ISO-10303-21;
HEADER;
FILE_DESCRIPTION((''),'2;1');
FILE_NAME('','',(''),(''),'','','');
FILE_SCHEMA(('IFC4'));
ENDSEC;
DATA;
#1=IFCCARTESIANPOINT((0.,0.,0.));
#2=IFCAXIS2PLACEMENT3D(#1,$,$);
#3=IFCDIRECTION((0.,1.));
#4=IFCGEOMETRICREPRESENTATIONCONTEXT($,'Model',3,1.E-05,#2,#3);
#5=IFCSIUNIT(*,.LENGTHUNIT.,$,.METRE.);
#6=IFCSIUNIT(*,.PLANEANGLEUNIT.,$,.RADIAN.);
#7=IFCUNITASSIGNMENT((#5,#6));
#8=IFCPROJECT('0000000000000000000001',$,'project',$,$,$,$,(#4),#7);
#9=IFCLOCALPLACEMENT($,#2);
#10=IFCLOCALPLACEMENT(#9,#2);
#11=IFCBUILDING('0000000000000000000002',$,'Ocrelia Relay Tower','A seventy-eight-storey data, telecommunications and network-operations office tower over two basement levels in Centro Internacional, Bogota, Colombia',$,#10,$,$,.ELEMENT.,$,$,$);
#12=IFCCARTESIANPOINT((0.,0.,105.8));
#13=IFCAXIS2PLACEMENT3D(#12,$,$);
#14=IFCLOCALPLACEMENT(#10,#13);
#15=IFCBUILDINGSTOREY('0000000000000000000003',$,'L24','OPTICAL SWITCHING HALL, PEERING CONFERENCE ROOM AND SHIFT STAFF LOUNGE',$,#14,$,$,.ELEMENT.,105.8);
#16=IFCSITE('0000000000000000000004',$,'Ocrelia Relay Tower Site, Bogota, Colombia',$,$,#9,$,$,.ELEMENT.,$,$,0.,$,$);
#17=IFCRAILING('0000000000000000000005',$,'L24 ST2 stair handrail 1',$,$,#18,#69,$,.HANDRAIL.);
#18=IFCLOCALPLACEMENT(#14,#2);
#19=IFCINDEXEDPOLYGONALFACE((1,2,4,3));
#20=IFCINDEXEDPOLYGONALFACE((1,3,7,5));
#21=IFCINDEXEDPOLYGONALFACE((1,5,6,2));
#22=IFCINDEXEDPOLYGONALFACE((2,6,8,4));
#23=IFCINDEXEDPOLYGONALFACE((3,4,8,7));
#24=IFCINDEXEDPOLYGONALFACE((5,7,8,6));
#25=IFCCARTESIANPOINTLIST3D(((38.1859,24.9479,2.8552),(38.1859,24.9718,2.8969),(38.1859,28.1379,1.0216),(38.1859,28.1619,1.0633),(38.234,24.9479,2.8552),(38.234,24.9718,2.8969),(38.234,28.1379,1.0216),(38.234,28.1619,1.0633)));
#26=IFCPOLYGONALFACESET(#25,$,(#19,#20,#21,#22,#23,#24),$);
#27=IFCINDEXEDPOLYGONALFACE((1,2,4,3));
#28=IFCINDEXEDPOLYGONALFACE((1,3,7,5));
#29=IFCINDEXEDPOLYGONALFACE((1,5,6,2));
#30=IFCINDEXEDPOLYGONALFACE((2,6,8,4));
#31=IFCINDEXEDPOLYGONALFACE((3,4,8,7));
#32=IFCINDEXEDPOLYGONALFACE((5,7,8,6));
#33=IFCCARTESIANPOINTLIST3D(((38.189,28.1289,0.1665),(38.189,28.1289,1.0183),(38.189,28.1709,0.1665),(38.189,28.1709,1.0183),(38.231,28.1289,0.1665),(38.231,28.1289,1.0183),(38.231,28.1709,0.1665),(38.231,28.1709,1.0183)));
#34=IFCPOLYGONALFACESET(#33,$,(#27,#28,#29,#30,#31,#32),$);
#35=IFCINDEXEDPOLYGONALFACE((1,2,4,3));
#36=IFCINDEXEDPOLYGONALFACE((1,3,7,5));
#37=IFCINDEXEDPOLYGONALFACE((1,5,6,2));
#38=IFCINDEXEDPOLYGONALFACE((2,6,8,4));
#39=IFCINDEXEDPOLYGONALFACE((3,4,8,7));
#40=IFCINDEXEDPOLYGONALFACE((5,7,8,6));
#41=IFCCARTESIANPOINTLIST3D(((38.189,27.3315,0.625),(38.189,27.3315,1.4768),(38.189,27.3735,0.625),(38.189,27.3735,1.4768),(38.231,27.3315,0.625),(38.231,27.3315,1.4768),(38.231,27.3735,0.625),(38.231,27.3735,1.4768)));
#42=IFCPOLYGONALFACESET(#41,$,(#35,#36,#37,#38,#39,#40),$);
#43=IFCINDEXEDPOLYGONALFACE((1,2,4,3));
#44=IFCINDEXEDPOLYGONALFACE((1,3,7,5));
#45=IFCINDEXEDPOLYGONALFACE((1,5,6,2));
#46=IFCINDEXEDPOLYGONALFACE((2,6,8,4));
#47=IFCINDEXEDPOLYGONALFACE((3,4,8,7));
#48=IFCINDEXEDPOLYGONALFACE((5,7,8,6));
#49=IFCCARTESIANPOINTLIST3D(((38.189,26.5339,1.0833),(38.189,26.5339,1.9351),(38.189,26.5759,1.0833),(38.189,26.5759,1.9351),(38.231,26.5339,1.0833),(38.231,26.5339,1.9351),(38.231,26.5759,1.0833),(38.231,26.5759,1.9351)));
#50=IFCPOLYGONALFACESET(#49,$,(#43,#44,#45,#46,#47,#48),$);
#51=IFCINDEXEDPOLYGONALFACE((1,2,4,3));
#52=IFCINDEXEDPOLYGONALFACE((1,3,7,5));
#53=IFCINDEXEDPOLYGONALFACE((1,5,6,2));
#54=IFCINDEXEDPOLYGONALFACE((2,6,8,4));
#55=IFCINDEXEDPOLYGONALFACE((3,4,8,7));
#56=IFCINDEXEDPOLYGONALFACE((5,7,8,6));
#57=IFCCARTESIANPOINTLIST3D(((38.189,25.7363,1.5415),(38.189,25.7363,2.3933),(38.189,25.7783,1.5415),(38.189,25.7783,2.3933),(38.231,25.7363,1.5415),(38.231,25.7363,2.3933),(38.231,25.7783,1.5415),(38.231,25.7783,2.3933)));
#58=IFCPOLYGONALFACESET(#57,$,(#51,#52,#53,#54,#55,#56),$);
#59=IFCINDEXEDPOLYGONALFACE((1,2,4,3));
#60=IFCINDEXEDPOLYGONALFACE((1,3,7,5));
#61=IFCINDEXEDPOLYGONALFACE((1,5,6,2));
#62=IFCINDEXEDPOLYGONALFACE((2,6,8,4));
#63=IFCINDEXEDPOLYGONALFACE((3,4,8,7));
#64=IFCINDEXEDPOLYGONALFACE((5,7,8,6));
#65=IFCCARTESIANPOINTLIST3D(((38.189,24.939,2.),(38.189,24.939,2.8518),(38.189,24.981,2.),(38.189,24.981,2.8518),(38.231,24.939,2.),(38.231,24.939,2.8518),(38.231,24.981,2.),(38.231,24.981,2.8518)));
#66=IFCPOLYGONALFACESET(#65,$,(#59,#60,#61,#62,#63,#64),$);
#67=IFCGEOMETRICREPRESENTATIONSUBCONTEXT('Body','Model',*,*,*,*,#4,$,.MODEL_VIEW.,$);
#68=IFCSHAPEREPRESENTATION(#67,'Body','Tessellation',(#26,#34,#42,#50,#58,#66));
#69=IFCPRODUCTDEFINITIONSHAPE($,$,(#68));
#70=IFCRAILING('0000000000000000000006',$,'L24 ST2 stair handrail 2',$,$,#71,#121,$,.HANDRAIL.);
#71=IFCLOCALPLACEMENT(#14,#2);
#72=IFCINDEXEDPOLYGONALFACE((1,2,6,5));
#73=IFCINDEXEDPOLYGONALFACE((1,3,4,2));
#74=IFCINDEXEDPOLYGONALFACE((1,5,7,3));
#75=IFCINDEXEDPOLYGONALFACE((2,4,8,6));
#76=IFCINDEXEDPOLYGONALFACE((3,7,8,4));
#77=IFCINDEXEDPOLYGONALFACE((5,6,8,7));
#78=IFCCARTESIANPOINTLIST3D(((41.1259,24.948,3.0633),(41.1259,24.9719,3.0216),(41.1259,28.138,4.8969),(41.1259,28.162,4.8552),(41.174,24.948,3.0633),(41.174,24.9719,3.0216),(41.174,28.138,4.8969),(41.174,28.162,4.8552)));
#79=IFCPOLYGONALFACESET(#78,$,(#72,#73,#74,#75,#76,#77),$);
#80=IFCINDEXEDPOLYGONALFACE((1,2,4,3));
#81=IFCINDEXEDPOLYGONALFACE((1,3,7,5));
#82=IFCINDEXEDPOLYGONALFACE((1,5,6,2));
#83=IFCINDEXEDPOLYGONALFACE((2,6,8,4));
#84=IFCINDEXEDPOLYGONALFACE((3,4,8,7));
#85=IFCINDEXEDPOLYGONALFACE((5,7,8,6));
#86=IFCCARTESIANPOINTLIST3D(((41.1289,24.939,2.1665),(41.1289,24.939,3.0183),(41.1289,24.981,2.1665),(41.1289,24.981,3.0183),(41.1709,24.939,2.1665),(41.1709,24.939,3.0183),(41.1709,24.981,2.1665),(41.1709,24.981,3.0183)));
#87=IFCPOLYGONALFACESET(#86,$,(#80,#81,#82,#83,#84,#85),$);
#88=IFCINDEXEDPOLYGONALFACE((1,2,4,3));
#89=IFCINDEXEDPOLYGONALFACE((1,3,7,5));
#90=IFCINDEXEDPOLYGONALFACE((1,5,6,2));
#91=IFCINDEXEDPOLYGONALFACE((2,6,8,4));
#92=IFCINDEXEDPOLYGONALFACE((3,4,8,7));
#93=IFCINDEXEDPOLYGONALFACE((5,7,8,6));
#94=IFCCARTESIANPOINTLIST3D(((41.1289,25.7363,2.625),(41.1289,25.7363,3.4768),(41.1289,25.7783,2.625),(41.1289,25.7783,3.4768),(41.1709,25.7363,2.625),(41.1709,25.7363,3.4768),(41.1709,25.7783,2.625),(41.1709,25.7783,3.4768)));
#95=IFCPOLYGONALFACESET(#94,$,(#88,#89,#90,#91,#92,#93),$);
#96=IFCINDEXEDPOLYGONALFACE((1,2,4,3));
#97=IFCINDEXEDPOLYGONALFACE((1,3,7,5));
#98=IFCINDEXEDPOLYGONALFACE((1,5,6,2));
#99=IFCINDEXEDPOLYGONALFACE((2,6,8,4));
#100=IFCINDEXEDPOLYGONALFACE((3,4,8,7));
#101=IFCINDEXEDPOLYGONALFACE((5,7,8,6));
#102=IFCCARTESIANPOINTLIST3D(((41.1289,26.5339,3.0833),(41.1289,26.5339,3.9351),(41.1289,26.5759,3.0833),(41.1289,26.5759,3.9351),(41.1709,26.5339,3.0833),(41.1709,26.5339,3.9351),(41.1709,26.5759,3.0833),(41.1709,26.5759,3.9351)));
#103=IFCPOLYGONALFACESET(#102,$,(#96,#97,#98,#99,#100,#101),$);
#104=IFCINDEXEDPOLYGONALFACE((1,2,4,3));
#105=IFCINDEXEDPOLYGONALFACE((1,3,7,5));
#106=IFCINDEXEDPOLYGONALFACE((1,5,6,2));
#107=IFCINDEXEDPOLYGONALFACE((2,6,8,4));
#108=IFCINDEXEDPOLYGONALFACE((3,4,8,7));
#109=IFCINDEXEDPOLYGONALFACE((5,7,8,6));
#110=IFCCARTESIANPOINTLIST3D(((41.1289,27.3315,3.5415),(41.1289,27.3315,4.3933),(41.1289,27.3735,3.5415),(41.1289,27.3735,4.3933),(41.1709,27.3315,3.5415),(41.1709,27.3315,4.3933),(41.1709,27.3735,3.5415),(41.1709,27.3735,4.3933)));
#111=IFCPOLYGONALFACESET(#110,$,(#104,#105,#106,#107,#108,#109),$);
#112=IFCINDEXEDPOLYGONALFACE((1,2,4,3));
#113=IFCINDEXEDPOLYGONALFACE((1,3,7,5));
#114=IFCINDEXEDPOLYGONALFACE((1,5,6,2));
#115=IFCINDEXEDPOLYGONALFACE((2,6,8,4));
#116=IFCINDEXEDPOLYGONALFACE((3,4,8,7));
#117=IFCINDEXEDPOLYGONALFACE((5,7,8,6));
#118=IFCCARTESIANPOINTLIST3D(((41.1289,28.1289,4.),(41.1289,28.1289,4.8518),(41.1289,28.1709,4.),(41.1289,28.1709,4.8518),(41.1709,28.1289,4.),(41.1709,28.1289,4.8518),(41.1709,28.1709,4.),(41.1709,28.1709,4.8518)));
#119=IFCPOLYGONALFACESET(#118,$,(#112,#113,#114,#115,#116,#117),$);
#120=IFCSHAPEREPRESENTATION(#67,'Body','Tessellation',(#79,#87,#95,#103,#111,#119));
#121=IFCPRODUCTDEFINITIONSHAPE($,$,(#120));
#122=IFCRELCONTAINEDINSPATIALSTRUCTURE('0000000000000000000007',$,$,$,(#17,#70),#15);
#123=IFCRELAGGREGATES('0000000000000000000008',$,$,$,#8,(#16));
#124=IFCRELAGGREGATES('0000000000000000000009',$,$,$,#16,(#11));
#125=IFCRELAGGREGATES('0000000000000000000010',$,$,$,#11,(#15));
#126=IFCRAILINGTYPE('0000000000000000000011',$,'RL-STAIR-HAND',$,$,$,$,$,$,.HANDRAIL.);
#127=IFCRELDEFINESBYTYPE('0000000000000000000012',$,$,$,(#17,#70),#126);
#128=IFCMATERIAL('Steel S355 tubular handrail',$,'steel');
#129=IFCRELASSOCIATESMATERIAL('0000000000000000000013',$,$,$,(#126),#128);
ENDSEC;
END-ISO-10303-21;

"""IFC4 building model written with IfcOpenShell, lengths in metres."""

from ifc_helpers import new_model, si_unit, direction, frame, origin, origin_2d, place, context, subcontext, project, spatial, rectangle, extrude, material, type_object, element, save


model = new_model("IFC4")

# Units and contexts
model_context = context("Model", 3, precision=1e-05, world=origin(), true_north=direction((0.0, 1.0)))
body_context = subcontext(model_context, "Body", "Model", "MODEL_VIEW")
ifc_project = project(units=[si_unit("LENGTHUNIT", "METRE"), si_unit("PLANEANGLEUNIT", "RADIAN")], contexts=[model_context])

# Site, building, storey
site_placement = place(None, origin())
site = spatial("IfcSite", under=ifc_project, at=site_placement, Name="Ocrelia Relay Tower Site, Bogota, Colombia", CompositionType="ELEMENT", RefElevation=0.0)
building_placement = place(site_placement, origin())
building = spatial("IfcBuilding", under=site, at=building_placement, Name="Ocrelia Relay Tower", Description="A seventy-eight-storey data, telecommunications and network-operations office tower over two basement levels in Centro Internacional, Bogota, Colombia", CompositionType="ELEMENT")
storey_placement = place(building_placement, frame((0.0, 0.0, 105.8)))
storey = spatial("IfcBuildingStorey", under=building, at=storey_placement, Name="L24", Description="OPTICAL SWITCHING HALL, PEERING CONFERENCE ROOM AND SHIFT STAFF LOUNGE", CompositionType="ELEMENT", Elevation=105.8)

# Railings
ifc_material_1 = material(Name="Steel S355 tubular handrail", Category="steel")
railing_type_1 = type_object("IfcRailingType", Name="RL-STAIR-HAND", PredefinedType="HANDRAIL", material=ifc_material_1)
railing_1_placement = place(storey_placement, frame((38.21, 28.1499, 0.1665)))
element("IfcRailing", 1, at=railing_1_placement, inside=storey, type_object=railing_type_1, Name="L24 ST2 stair handrail 1", PredefinedType="HANDRAIL", context=body_context, shape_type="SweptSolid", body=[
    extrude(rectangle(XDim=0.0481, YDim=0.0481, at=origin_2d()), frame((0.0, 0.0, 0.876), z_axis=(0.0, -0.866991, 0.498324), x_axis=(1.0, 0.0, 0.0)), (0.0, 0.0, 1.0), 3.6794),
    extrude(rectangle(XDim=0.042, YDim=0.042, at=origin_2d()), origin(), (0.0, 0.0, 1.0), 0.8518),
    extrude(rectangle(XDim=0.042, YDim=0.042, at=origin_2d()), frame((0.0, -0.7974, 0.4585)), (0.0, 0.0, 1.0), 0.8518),
    extrude(rectangle(XDim=0.042, YDim=0.042, at=origin_2d()), frame((0.0, -1.595, 0.9167)), (0.0, 0.0, 1.0), 0.8518),
    extrude(rectangle(XDim=0.042, YDim=0.042, at=origin_2d()), frame((0.0, -2.3926, 1.375)), (0.0, 0.0, 1.0), 0.8518),
    extrude(rectangle(XDim=0.042, YDim=0.042, at=origin_2d()), frame((0.0, -3.1899, 1.8335)), (0.0, 0.0, 1.0), 0.8518),
])
railing_2_placement = place(storey_placement, frame((41.1499, 24.96, 2.1665)))
element("IfcRailing", 2, at=railing_2_placement, inside=storey, type_object=railing_type_1, Name="L24 ST2 stair handrail 2", PredefinedType="HANDRAIL", context=body_context, shape_type="SweptSolid", body=[
    extrude(rectangle(XDim=0.0481, YDim=0.0481, at=origin_2d()), frame((0.0, 0.0, 0.876), z_axis=(0.0, 0.866991, 0.498324), x_axis=(-1.0, 0.0, 0.0)), (0.0, 0.0, 1.0), 3.6794),
    extrude(rectangle(XDim=0.042, YDim=0.042, at=origin_2d()), origin(), (0.0, 0.0, 1.0), 0.8518),
    extrude(rectangle(XDim=0.042, YDim=0.042, at=origin_2d()), frame((0.0, 0.7974, 0.4585)), (0.0, 0.0, 1.0), 0.8518),
    extrude(rectangle(XDim=0.042, YDim=0.042, at=origin_2d()), frame((0.0, 1.595, 0.9167)), (0.0, 0.0, 1.0), 0.8518),
    extrude(rectangle(XDim=0.042, YDim=0.042, at=origin_2d()), frame((0.0, 2.3926, 1.375)), (0.0, 0.0, 1.0), 0.8518),
    extrude(rectangle(XDim=0.042, YDim=0.042, at=origin_2d()), frame((0.0, 3.1899, 1.8335)), (0.0, 0.0, 1.0), 0.8518),
])

save(model, "model.ifc")
